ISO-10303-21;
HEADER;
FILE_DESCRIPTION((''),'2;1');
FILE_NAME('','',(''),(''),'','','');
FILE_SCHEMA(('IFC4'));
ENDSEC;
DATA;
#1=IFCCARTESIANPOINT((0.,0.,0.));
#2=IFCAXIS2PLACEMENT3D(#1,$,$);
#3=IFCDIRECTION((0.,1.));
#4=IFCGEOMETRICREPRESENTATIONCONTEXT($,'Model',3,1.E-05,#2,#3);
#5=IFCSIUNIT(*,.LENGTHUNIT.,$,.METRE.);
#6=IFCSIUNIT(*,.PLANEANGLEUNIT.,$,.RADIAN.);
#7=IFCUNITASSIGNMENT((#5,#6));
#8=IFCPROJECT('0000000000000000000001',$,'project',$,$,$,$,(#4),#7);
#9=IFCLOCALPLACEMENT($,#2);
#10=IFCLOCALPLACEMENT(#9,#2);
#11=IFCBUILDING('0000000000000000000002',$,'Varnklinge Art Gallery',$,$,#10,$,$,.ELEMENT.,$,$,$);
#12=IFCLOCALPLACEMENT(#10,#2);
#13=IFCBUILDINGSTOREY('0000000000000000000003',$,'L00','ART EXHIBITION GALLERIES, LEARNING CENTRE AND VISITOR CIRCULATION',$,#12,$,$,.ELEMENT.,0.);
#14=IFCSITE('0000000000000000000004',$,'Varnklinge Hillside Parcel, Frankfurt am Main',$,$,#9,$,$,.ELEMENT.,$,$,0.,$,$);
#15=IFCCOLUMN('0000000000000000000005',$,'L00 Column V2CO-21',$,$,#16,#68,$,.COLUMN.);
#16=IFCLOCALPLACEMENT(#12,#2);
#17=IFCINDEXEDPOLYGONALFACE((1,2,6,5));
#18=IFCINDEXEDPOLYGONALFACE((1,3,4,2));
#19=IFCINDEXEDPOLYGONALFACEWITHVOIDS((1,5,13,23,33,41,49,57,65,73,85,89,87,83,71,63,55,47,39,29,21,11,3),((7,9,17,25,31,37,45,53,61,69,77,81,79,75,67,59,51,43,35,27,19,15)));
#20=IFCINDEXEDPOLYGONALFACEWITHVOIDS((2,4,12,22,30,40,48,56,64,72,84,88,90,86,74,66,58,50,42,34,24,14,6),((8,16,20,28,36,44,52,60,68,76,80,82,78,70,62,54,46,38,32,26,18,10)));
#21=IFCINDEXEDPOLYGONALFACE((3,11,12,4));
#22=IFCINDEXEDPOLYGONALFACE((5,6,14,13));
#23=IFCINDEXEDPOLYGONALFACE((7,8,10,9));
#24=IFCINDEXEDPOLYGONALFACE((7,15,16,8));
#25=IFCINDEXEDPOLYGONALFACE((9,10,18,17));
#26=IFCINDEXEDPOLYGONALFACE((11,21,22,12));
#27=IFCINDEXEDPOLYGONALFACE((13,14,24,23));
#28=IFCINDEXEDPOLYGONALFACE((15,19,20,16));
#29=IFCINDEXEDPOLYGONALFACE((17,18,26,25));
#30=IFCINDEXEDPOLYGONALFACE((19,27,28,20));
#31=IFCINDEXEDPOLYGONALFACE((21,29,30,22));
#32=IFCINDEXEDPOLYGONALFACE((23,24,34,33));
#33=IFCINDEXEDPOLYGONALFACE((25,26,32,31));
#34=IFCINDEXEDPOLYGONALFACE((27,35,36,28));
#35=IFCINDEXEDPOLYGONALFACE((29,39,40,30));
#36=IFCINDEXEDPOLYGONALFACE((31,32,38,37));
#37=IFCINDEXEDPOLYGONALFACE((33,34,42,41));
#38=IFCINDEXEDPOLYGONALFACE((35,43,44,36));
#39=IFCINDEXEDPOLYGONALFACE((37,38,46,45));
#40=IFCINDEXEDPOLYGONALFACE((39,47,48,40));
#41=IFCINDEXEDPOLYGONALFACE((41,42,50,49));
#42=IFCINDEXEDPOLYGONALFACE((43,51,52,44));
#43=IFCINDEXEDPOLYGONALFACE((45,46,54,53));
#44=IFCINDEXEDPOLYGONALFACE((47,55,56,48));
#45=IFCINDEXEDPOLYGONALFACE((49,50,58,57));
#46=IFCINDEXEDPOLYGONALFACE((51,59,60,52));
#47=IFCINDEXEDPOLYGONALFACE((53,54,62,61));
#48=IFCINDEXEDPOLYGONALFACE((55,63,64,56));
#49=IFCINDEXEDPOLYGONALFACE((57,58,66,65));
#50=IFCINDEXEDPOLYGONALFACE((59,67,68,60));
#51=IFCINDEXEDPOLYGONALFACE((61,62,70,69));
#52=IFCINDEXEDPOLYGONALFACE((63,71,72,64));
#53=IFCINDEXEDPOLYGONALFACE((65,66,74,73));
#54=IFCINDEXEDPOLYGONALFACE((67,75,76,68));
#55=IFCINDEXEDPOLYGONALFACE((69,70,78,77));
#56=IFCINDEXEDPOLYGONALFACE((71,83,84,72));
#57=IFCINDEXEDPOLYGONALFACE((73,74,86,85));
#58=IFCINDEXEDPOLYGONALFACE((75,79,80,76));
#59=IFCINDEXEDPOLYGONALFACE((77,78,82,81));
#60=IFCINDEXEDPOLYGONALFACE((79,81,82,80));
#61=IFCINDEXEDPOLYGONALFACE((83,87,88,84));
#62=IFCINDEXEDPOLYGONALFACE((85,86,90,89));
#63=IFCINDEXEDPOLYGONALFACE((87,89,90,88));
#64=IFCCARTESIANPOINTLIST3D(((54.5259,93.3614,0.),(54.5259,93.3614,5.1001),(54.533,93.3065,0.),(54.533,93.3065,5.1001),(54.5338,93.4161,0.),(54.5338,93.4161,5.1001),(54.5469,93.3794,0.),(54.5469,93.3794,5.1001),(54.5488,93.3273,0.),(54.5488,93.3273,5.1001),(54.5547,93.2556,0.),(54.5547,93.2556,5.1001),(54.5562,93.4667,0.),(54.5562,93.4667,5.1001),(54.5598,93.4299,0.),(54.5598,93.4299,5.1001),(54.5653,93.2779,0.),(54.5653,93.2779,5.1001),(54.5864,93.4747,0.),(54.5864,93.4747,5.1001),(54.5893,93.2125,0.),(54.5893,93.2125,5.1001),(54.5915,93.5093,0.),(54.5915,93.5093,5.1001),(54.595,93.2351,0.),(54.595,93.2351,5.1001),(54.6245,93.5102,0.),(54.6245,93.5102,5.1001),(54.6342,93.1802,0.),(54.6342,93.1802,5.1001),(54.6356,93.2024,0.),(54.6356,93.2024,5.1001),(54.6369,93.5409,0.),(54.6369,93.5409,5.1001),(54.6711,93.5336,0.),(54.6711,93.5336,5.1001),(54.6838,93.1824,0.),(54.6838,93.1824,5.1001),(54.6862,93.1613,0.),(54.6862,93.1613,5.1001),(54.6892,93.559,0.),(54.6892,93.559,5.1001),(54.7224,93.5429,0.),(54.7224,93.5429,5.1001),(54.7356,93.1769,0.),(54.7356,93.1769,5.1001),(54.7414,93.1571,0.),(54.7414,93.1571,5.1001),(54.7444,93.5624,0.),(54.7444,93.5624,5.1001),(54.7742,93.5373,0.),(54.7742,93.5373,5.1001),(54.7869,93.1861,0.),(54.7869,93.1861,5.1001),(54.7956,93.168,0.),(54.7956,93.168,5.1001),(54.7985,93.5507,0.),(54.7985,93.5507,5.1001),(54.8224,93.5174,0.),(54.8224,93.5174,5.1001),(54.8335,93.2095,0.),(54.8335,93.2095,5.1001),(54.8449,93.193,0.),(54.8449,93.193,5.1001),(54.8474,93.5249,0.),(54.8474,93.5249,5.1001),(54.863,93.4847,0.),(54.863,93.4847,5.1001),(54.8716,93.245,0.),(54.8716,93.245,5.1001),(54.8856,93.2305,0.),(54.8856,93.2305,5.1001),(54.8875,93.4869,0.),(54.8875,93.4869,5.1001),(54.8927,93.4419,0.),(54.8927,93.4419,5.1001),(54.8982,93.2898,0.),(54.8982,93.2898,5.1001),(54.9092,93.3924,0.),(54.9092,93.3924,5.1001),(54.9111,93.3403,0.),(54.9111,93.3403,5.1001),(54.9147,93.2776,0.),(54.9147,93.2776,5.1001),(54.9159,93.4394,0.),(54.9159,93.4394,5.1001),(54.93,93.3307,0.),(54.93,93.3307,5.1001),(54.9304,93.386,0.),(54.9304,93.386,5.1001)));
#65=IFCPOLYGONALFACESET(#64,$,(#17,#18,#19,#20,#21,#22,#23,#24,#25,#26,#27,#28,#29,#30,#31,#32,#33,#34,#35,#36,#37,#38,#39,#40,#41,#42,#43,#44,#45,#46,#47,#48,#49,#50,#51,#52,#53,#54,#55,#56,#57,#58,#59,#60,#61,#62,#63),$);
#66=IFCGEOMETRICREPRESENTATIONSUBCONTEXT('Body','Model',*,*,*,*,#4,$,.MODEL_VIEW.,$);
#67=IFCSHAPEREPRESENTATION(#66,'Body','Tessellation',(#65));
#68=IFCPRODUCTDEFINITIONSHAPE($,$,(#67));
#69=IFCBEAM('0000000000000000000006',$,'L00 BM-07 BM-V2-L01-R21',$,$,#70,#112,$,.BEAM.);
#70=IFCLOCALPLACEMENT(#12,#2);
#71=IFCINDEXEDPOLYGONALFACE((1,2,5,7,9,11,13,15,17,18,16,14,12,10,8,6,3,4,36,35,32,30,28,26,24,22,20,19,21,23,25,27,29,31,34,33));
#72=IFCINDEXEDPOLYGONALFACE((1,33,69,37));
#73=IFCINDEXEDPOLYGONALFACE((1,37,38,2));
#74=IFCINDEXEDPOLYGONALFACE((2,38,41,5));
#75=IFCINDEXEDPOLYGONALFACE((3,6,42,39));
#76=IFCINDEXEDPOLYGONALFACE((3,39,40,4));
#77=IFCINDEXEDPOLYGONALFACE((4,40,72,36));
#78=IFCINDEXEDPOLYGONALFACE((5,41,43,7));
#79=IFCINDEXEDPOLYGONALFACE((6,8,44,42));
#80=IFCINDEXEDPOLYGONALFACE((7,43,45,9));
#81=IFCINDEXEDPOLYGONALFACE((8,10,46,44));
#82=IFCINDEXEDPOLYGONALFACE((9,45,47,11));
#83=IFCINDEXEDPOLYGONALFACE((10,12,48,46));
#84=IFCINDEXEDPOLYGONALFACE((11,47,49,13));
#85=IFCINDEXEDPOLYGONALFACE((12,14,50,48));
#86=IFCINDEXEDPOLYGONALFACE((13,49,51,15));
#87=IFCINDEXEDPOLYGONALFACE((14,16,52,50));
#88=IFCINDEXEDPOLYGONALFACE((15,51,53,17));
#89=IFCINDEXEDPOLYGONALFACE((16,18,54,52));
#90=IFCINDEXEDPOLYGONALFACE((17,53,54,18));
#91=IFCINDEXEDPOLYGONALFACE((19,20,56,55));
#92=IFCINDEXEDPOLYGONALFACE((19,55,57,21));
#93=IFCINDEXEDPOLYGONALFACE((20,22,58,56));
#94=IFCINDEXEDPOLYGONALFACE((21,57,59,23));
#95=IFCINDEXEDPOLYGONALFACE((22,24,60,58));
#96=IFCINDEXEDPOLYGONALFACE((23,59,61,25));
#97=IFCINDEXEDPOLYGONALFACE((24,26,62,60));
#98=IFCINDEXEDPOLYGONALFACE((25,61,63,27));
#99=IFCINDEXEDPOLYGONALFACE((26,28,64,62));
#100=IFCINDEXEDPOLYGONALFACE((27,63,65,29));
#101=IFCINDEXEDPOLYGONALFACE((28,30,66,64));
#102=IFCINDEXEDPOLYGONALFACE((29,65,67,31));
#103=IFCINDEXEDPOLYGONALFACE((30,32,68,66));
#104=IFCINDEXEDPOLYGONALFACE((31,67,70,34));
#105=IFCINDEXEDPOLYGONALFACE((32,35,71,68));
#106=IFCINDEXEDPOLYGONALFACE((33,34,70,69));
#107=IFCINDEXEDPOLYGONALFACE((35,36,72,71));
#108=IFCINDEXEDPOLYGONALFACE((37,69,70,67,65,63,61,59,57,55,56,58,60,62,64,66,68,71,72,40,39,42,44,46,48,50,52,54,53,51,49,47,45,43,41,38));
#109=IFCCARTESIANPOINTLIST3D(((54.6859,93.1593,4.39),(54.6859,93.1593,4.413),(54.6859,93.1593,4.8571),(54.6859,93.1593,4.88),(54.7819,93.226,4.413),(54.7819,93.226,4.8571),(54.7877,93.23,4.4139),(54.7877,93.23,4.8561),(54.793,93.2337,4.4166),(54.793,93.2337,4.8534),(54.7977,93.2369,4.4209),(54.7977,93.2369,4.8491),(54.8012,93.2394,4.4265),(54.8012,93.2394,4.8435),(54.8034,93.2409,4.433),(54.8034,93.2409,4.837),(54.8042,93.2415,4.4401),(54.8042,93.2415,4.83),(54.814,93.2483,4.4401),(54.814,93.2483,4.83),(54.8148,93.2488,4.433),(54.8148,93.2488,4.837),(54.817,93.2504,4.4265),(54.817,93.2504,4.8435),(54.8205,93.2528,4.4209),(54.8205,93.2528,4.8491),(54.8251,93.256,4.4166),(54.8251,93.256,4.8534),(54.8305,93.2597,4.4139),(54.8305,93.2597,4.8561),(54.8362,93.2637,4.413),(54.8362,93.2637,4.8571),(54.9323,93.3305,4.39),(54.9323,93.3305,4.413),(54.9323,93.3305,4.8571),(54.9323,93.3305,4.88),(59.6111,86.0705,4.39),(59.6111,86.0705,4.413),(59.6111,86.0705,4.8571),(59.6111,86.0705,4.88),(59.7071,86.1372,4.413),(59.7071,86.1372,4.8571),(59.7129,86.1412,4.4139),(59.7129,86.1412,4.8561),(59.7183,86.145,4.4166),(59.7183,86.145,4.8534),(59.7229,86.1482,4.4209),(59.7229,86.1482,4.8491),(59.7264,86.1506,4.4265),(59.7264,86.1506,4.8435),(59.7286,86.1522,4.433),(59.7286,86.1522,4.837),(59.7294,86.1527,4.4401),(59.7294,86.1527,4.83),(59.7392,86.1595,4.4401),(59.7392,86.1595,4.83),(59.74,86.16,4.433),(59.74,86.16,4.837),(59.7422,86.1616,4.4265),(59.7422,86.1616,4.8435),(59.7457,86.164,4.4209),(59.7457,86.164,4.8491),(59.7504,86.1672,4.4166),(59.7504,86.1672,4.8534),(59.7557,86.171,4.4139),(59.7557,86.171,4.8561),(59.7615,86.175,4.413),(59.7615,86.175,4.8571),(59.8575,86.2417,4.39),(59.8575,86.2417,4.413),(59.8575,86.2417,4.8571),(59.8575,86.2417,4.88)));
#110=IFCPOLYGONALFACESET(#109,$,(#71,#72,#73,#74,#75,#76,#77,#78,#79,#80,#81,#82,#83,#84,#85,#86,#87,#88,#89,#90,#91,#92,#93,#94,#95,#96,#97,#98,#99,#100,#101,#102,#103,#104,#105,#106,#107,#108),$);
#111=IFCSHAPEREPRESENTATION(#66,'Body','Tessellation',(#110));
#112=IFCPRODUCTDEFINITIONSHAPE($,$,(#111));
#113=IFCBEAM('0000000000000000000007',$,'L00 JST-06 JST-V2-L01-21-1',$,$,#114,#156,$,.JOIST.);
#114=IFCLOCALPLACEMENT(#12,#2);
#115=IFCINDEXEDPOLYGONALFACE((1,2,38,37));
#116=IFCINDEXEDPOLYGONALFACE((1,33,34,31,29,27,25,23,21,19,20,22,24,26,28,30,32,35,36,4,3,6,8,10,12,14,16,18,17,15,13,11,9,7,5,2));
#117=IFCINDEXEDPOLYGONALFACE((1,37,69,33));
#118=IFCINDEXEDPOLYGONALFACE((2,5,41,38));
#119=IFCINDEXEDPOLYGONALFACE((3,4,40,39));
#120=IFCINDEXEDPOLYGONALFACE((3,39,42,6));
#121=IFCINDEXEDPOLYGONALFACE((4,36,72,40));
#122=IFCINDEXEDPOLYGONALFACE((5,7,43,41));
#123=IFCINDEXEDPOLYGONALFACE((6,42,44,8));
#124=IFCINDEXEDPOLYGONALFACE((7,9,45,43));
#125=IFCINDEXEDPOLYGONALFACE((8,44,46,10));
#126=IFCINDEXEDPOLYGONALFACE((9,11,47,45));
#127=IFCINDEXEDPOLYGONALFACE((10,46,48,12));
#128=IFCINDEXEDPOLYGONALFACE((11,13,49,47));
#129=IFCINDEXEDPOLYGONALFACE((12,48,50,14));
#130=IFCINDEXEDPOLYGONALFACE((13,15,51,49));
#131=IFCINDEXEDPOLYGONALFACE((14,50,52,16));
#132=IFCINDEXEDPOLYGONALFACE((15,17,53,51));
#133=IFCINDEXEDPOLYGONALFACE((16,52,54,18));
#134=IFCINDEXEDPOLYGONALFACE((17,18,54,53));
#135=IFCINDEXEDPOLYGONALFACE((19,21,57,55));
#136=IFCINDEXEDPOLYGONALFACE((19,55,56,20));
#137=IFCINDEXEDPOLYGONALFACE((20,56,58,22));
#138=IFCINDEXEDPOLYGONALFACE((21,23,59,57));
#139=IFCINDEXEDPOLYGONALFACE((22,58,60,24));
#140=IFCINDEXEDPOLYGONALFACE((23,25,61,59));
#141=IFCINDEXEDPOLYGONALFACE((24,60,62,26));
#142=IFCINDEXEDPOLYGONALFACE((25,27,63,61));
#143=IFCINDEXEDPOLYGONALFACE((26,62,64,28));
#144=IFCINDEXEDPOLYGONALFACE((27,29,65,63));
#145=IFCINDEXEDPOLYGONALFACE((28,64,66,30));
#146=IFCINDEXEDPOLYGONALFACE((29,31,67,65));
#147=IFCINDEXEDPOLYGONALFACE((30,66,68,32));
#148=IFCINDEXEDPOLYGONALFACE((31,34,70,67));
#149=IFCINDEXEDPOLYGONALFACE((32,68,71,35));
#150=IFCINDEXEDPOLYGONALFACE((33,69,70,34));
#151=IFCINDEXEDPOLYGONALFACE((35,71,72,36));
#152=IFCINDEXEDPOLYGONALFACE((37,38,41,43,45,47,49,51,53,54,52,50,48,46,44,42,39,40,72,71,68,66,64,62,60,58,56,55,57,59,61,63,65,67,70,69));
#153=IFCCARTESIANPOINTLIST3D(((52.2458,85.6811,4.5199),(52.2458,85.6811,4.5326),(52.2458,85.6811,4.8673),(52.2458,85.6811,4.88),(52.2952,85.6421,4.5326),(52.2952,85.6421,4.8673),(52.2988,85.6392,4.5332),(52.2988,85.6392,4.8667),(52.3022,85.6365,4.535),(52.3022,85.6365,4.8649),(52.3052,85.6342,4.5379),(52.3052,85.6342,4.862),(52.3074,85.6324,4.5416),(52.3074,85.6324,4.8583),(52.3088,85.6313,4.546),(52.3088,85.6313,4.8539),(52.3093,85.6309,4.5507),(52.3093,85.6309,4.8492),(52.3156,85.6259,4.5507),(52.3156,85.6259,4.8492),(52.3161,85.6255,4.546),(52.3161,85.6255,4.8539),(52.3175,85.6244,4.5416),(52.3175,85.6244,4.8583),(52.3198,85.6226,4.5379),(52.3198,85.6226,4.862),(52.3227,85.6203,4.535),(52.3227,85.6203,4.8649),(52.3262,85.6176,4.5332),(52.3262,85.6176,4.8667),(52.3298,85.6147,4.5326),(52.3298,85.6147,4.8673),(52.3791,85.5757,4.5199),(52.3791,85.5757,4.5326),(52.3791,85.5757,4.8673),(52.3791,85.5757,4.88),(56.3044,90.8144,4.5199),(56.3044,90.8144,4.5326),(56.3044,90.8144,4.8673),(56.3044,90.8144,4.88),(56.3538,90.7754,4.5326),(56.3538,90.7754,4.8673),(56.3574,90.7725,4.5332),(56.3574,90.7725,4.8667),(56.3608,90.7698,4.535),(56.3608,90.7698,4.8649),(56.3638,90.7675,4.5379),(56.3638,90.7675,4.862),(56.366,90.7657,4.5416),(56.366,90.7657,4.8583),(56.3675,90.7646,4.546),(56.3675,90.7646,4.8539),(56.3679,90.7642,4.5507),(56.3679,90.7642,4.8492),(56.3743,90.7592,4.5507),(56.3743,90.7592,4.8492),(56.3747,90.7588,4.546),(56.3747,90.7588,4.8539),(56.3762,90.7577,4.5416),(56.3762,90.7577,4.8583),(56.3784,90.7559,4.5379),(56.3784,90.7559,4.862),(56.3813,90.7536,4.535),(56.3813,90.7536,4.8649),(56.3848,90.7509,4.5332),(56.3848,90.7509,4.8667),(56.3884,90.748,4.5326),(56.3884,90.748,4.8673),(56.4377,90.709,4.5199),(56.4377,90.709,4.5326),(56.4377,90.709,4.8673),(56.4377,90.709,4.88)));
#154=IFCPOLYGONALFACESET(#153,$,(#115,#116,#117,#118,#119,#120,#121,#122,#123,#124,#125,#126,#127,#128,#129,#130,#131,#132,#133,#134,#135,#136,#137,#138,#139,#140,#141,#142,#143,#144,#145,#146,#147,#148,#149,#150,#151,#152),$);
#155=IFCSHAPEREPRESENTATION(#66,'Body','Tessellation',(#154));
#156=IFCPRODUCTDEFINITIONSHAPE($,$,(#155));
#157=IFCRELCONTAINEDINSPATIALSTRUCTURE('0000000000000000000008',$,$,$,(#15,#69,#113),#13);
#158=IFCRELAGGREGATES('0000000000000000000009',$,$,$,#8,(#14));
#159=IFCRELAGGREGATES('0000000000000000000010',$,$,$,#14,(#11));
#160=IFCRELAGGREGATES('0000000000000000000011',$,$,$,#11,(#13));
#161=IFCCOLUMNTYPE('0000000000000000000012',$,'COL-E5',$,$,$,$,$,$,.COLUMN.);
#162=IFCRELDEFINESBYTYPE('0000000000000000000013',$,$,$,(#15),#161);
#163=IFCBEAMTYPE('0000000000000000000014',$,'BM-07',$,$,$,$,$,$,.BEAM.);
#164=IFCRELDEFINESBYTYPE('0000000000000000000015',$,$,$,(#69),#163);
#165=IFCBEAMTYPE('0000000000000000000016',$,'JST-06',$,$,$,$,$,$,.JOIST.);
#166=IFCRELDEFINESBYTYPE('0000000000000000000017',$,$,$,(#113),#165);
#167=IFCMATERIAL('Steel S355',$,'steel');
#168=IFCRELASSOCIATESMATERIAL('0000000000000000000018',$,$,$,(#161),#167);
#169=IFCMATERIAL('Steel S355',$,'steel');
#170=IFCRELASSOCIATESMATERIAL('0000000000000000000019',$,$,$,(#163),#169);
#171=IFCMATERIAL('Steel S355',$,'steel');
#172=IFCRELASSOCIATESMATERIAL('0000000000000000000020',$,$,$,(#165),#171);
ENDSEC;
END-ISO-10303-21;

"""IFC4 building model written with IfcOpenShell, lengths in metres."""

from ifc_helpers import new_model, si_unit, direction, frame, origin, origin_2d, place, context, subcontext, project, spatial, hollow_circle, i_section, extrude, material, material_profile, profile_set, type_object, element, save


model = new_model("IFC4")

# Units and contexts
model_context = context("Model", 3, precision=1e-05, world=origin(), true_north=direction((0.0, 1.0)))
body_context = subcontext(model_context, "Body", "Model", "MODEL_VIEW")
ifc_project = project(units=[si_unit("LENGTHUNIT", "METRE"), si_unit("PLANEANGLEUNIT", "RADIAN")], contexts=[model_context])

# Site, building, storey
site_placement = place(None, origin())
site = spatial("IfcSite", under=ifc_project, at=site_placement, Name="Varnklinge Hillside Parcel, Frankfurt am Main", CompositionType="ELEMENT", RefElevation=0.0)
building_placement = place(site_placement, origin())
building = spatial("IfcBuilding", under=site, at=building_placement, Name="Varnklinge Art Gallery", CompositionType="ELEMENT")
storey_placement = place(building_placement, origin())
storey = spatial("IfcBuildingStorey", under=building, at=storey_placement, Name="L00", Description="ART EXHIBITION GALLERIES, LEARNING CENTRE AND VISITOR CIRCULATION", CompositionType="ELEMENT", Elevation=0.0)

# Column
ifc_material_1 = material(Name="Steel S355", Category="steel")
ifc_material_profile_1 = material_profile(ifc_material_1, hollow_circle(Radius=0.2031, WallThickness=0.02, at=origin_2d()), Name="CHS 406.4x20")
ifc_profile_set_1 = profile_set([ifc_material_profile_1], Name="Steel S355")
column_type = type_object("IfcColumnType", Name="COL-E5", PredefinedType="COLUMN", material=ifc_profile_set_1)
column_placement = place(storey_placement, frame((54.729, 93.3599, 0.0), z_axis=(0.0, 0.0, 1.0), x_axis=(0.57057, -0.821249, 0.0)))
element("IfcColumn", 1, at=column_placement, inside=storey, type_object=column_type, Name="L00 Column V2CO-21", PredefinedType="COLUMN", context=body_context, shape_type="SweptSolid", body=[
    extrude(hollow_circle(Radius=0.2031, WallThickness=0.02, at=origin_2d()), origin(), (0.0, 0.0, 1.0), 5.1001),
])

# Beams
ifc_material_2 = material(Name="Steel S355", Category="steel")
ifc_material_profile_2 = material_profile(ifc_material_2, i_section(OverallWidth=0.3, OverallDepth=0.49, WebThickness=0.012, FlangeThickness=0.0229, FilletRadius=0.0271, at=origin_2d()), Name="HEA 500")
ifc_profile_set_2 = profile_set([ifc_material_profile_2], Name="Steel S355")
beam_type_1 = type_object("IfcBeamType", Name="BM-07", PredefinedType="BEAM", material=ifc_profile_set_2)
beam_1_placement = place(storey_placement, frame((54.8091, 93.2449, 4.635), z_axis=(0.570589, -0.821236, 0.0), x_axis=(0.821236, 0.570589, 0.0)))
element("IfcBeam", 2, at=beam_1_placement, inside=storey, type_object=beam_type_1, Name="L00 BM-07 BM-V2-L01-R21", PredefinedType="BEAM", context=body_context, shape_type="SweptSolid", body=[
    extrude(i_section(OverallWidth=0.3, OverallDepth=0.49, WebThickness=0.012, FlangeThickness=0.0229, FilletRadius=0.0271, at=origin_2d()), origin(), (0.0, 0.0, 1.0), 8.6318),
])
ifc_material_3 = material(Name="Steel S355", Category="steel")
ifc_material_profile_3 = material_profile(ifc_material_3, i_section(OverallWidth=0.1699, OverallDepth=0.3601, WebThickness=0.0081, FlangeThickness=0.0127, FilletRadius=0.0181, at=origin_2d()), Name="IPE 360")
ifc_profile_set_3 = profile_set([ifc_material_profile_3], Name="Steel S355")
beam_type_2 = type_object("IfcBeamType", Name="JST-06", PredefinedType="JOIST", material=ifc_profile_set_3)
beam_2_placement = place(storey_placement, frame((56.3711, 90.7617, 4.7), z_axis=(-0.620208, -0.784438, 0.0), x_axis=(0.784438, -0.620208, 0.0)))
element("IfcBeam", 3, at=beam_2_placement, inside=storey, type_object=beam_type_2, Name="L00 JST-06 JST-V2-L01-21-1", PredefinedType="JOIST", context=body_context, shape_type="SweptSolid", body=[
    extrude(i_section(OverallWidth=0.1699, OverallDepth=0.3601, WebThickness=0.0081, FlangeThickness=0.0127, FilletRadius=0.0181, at=origin_2d()), origin(), (0.0, 0.0, 1.0), 6.5439),
])

save(model, "model.ifc")
